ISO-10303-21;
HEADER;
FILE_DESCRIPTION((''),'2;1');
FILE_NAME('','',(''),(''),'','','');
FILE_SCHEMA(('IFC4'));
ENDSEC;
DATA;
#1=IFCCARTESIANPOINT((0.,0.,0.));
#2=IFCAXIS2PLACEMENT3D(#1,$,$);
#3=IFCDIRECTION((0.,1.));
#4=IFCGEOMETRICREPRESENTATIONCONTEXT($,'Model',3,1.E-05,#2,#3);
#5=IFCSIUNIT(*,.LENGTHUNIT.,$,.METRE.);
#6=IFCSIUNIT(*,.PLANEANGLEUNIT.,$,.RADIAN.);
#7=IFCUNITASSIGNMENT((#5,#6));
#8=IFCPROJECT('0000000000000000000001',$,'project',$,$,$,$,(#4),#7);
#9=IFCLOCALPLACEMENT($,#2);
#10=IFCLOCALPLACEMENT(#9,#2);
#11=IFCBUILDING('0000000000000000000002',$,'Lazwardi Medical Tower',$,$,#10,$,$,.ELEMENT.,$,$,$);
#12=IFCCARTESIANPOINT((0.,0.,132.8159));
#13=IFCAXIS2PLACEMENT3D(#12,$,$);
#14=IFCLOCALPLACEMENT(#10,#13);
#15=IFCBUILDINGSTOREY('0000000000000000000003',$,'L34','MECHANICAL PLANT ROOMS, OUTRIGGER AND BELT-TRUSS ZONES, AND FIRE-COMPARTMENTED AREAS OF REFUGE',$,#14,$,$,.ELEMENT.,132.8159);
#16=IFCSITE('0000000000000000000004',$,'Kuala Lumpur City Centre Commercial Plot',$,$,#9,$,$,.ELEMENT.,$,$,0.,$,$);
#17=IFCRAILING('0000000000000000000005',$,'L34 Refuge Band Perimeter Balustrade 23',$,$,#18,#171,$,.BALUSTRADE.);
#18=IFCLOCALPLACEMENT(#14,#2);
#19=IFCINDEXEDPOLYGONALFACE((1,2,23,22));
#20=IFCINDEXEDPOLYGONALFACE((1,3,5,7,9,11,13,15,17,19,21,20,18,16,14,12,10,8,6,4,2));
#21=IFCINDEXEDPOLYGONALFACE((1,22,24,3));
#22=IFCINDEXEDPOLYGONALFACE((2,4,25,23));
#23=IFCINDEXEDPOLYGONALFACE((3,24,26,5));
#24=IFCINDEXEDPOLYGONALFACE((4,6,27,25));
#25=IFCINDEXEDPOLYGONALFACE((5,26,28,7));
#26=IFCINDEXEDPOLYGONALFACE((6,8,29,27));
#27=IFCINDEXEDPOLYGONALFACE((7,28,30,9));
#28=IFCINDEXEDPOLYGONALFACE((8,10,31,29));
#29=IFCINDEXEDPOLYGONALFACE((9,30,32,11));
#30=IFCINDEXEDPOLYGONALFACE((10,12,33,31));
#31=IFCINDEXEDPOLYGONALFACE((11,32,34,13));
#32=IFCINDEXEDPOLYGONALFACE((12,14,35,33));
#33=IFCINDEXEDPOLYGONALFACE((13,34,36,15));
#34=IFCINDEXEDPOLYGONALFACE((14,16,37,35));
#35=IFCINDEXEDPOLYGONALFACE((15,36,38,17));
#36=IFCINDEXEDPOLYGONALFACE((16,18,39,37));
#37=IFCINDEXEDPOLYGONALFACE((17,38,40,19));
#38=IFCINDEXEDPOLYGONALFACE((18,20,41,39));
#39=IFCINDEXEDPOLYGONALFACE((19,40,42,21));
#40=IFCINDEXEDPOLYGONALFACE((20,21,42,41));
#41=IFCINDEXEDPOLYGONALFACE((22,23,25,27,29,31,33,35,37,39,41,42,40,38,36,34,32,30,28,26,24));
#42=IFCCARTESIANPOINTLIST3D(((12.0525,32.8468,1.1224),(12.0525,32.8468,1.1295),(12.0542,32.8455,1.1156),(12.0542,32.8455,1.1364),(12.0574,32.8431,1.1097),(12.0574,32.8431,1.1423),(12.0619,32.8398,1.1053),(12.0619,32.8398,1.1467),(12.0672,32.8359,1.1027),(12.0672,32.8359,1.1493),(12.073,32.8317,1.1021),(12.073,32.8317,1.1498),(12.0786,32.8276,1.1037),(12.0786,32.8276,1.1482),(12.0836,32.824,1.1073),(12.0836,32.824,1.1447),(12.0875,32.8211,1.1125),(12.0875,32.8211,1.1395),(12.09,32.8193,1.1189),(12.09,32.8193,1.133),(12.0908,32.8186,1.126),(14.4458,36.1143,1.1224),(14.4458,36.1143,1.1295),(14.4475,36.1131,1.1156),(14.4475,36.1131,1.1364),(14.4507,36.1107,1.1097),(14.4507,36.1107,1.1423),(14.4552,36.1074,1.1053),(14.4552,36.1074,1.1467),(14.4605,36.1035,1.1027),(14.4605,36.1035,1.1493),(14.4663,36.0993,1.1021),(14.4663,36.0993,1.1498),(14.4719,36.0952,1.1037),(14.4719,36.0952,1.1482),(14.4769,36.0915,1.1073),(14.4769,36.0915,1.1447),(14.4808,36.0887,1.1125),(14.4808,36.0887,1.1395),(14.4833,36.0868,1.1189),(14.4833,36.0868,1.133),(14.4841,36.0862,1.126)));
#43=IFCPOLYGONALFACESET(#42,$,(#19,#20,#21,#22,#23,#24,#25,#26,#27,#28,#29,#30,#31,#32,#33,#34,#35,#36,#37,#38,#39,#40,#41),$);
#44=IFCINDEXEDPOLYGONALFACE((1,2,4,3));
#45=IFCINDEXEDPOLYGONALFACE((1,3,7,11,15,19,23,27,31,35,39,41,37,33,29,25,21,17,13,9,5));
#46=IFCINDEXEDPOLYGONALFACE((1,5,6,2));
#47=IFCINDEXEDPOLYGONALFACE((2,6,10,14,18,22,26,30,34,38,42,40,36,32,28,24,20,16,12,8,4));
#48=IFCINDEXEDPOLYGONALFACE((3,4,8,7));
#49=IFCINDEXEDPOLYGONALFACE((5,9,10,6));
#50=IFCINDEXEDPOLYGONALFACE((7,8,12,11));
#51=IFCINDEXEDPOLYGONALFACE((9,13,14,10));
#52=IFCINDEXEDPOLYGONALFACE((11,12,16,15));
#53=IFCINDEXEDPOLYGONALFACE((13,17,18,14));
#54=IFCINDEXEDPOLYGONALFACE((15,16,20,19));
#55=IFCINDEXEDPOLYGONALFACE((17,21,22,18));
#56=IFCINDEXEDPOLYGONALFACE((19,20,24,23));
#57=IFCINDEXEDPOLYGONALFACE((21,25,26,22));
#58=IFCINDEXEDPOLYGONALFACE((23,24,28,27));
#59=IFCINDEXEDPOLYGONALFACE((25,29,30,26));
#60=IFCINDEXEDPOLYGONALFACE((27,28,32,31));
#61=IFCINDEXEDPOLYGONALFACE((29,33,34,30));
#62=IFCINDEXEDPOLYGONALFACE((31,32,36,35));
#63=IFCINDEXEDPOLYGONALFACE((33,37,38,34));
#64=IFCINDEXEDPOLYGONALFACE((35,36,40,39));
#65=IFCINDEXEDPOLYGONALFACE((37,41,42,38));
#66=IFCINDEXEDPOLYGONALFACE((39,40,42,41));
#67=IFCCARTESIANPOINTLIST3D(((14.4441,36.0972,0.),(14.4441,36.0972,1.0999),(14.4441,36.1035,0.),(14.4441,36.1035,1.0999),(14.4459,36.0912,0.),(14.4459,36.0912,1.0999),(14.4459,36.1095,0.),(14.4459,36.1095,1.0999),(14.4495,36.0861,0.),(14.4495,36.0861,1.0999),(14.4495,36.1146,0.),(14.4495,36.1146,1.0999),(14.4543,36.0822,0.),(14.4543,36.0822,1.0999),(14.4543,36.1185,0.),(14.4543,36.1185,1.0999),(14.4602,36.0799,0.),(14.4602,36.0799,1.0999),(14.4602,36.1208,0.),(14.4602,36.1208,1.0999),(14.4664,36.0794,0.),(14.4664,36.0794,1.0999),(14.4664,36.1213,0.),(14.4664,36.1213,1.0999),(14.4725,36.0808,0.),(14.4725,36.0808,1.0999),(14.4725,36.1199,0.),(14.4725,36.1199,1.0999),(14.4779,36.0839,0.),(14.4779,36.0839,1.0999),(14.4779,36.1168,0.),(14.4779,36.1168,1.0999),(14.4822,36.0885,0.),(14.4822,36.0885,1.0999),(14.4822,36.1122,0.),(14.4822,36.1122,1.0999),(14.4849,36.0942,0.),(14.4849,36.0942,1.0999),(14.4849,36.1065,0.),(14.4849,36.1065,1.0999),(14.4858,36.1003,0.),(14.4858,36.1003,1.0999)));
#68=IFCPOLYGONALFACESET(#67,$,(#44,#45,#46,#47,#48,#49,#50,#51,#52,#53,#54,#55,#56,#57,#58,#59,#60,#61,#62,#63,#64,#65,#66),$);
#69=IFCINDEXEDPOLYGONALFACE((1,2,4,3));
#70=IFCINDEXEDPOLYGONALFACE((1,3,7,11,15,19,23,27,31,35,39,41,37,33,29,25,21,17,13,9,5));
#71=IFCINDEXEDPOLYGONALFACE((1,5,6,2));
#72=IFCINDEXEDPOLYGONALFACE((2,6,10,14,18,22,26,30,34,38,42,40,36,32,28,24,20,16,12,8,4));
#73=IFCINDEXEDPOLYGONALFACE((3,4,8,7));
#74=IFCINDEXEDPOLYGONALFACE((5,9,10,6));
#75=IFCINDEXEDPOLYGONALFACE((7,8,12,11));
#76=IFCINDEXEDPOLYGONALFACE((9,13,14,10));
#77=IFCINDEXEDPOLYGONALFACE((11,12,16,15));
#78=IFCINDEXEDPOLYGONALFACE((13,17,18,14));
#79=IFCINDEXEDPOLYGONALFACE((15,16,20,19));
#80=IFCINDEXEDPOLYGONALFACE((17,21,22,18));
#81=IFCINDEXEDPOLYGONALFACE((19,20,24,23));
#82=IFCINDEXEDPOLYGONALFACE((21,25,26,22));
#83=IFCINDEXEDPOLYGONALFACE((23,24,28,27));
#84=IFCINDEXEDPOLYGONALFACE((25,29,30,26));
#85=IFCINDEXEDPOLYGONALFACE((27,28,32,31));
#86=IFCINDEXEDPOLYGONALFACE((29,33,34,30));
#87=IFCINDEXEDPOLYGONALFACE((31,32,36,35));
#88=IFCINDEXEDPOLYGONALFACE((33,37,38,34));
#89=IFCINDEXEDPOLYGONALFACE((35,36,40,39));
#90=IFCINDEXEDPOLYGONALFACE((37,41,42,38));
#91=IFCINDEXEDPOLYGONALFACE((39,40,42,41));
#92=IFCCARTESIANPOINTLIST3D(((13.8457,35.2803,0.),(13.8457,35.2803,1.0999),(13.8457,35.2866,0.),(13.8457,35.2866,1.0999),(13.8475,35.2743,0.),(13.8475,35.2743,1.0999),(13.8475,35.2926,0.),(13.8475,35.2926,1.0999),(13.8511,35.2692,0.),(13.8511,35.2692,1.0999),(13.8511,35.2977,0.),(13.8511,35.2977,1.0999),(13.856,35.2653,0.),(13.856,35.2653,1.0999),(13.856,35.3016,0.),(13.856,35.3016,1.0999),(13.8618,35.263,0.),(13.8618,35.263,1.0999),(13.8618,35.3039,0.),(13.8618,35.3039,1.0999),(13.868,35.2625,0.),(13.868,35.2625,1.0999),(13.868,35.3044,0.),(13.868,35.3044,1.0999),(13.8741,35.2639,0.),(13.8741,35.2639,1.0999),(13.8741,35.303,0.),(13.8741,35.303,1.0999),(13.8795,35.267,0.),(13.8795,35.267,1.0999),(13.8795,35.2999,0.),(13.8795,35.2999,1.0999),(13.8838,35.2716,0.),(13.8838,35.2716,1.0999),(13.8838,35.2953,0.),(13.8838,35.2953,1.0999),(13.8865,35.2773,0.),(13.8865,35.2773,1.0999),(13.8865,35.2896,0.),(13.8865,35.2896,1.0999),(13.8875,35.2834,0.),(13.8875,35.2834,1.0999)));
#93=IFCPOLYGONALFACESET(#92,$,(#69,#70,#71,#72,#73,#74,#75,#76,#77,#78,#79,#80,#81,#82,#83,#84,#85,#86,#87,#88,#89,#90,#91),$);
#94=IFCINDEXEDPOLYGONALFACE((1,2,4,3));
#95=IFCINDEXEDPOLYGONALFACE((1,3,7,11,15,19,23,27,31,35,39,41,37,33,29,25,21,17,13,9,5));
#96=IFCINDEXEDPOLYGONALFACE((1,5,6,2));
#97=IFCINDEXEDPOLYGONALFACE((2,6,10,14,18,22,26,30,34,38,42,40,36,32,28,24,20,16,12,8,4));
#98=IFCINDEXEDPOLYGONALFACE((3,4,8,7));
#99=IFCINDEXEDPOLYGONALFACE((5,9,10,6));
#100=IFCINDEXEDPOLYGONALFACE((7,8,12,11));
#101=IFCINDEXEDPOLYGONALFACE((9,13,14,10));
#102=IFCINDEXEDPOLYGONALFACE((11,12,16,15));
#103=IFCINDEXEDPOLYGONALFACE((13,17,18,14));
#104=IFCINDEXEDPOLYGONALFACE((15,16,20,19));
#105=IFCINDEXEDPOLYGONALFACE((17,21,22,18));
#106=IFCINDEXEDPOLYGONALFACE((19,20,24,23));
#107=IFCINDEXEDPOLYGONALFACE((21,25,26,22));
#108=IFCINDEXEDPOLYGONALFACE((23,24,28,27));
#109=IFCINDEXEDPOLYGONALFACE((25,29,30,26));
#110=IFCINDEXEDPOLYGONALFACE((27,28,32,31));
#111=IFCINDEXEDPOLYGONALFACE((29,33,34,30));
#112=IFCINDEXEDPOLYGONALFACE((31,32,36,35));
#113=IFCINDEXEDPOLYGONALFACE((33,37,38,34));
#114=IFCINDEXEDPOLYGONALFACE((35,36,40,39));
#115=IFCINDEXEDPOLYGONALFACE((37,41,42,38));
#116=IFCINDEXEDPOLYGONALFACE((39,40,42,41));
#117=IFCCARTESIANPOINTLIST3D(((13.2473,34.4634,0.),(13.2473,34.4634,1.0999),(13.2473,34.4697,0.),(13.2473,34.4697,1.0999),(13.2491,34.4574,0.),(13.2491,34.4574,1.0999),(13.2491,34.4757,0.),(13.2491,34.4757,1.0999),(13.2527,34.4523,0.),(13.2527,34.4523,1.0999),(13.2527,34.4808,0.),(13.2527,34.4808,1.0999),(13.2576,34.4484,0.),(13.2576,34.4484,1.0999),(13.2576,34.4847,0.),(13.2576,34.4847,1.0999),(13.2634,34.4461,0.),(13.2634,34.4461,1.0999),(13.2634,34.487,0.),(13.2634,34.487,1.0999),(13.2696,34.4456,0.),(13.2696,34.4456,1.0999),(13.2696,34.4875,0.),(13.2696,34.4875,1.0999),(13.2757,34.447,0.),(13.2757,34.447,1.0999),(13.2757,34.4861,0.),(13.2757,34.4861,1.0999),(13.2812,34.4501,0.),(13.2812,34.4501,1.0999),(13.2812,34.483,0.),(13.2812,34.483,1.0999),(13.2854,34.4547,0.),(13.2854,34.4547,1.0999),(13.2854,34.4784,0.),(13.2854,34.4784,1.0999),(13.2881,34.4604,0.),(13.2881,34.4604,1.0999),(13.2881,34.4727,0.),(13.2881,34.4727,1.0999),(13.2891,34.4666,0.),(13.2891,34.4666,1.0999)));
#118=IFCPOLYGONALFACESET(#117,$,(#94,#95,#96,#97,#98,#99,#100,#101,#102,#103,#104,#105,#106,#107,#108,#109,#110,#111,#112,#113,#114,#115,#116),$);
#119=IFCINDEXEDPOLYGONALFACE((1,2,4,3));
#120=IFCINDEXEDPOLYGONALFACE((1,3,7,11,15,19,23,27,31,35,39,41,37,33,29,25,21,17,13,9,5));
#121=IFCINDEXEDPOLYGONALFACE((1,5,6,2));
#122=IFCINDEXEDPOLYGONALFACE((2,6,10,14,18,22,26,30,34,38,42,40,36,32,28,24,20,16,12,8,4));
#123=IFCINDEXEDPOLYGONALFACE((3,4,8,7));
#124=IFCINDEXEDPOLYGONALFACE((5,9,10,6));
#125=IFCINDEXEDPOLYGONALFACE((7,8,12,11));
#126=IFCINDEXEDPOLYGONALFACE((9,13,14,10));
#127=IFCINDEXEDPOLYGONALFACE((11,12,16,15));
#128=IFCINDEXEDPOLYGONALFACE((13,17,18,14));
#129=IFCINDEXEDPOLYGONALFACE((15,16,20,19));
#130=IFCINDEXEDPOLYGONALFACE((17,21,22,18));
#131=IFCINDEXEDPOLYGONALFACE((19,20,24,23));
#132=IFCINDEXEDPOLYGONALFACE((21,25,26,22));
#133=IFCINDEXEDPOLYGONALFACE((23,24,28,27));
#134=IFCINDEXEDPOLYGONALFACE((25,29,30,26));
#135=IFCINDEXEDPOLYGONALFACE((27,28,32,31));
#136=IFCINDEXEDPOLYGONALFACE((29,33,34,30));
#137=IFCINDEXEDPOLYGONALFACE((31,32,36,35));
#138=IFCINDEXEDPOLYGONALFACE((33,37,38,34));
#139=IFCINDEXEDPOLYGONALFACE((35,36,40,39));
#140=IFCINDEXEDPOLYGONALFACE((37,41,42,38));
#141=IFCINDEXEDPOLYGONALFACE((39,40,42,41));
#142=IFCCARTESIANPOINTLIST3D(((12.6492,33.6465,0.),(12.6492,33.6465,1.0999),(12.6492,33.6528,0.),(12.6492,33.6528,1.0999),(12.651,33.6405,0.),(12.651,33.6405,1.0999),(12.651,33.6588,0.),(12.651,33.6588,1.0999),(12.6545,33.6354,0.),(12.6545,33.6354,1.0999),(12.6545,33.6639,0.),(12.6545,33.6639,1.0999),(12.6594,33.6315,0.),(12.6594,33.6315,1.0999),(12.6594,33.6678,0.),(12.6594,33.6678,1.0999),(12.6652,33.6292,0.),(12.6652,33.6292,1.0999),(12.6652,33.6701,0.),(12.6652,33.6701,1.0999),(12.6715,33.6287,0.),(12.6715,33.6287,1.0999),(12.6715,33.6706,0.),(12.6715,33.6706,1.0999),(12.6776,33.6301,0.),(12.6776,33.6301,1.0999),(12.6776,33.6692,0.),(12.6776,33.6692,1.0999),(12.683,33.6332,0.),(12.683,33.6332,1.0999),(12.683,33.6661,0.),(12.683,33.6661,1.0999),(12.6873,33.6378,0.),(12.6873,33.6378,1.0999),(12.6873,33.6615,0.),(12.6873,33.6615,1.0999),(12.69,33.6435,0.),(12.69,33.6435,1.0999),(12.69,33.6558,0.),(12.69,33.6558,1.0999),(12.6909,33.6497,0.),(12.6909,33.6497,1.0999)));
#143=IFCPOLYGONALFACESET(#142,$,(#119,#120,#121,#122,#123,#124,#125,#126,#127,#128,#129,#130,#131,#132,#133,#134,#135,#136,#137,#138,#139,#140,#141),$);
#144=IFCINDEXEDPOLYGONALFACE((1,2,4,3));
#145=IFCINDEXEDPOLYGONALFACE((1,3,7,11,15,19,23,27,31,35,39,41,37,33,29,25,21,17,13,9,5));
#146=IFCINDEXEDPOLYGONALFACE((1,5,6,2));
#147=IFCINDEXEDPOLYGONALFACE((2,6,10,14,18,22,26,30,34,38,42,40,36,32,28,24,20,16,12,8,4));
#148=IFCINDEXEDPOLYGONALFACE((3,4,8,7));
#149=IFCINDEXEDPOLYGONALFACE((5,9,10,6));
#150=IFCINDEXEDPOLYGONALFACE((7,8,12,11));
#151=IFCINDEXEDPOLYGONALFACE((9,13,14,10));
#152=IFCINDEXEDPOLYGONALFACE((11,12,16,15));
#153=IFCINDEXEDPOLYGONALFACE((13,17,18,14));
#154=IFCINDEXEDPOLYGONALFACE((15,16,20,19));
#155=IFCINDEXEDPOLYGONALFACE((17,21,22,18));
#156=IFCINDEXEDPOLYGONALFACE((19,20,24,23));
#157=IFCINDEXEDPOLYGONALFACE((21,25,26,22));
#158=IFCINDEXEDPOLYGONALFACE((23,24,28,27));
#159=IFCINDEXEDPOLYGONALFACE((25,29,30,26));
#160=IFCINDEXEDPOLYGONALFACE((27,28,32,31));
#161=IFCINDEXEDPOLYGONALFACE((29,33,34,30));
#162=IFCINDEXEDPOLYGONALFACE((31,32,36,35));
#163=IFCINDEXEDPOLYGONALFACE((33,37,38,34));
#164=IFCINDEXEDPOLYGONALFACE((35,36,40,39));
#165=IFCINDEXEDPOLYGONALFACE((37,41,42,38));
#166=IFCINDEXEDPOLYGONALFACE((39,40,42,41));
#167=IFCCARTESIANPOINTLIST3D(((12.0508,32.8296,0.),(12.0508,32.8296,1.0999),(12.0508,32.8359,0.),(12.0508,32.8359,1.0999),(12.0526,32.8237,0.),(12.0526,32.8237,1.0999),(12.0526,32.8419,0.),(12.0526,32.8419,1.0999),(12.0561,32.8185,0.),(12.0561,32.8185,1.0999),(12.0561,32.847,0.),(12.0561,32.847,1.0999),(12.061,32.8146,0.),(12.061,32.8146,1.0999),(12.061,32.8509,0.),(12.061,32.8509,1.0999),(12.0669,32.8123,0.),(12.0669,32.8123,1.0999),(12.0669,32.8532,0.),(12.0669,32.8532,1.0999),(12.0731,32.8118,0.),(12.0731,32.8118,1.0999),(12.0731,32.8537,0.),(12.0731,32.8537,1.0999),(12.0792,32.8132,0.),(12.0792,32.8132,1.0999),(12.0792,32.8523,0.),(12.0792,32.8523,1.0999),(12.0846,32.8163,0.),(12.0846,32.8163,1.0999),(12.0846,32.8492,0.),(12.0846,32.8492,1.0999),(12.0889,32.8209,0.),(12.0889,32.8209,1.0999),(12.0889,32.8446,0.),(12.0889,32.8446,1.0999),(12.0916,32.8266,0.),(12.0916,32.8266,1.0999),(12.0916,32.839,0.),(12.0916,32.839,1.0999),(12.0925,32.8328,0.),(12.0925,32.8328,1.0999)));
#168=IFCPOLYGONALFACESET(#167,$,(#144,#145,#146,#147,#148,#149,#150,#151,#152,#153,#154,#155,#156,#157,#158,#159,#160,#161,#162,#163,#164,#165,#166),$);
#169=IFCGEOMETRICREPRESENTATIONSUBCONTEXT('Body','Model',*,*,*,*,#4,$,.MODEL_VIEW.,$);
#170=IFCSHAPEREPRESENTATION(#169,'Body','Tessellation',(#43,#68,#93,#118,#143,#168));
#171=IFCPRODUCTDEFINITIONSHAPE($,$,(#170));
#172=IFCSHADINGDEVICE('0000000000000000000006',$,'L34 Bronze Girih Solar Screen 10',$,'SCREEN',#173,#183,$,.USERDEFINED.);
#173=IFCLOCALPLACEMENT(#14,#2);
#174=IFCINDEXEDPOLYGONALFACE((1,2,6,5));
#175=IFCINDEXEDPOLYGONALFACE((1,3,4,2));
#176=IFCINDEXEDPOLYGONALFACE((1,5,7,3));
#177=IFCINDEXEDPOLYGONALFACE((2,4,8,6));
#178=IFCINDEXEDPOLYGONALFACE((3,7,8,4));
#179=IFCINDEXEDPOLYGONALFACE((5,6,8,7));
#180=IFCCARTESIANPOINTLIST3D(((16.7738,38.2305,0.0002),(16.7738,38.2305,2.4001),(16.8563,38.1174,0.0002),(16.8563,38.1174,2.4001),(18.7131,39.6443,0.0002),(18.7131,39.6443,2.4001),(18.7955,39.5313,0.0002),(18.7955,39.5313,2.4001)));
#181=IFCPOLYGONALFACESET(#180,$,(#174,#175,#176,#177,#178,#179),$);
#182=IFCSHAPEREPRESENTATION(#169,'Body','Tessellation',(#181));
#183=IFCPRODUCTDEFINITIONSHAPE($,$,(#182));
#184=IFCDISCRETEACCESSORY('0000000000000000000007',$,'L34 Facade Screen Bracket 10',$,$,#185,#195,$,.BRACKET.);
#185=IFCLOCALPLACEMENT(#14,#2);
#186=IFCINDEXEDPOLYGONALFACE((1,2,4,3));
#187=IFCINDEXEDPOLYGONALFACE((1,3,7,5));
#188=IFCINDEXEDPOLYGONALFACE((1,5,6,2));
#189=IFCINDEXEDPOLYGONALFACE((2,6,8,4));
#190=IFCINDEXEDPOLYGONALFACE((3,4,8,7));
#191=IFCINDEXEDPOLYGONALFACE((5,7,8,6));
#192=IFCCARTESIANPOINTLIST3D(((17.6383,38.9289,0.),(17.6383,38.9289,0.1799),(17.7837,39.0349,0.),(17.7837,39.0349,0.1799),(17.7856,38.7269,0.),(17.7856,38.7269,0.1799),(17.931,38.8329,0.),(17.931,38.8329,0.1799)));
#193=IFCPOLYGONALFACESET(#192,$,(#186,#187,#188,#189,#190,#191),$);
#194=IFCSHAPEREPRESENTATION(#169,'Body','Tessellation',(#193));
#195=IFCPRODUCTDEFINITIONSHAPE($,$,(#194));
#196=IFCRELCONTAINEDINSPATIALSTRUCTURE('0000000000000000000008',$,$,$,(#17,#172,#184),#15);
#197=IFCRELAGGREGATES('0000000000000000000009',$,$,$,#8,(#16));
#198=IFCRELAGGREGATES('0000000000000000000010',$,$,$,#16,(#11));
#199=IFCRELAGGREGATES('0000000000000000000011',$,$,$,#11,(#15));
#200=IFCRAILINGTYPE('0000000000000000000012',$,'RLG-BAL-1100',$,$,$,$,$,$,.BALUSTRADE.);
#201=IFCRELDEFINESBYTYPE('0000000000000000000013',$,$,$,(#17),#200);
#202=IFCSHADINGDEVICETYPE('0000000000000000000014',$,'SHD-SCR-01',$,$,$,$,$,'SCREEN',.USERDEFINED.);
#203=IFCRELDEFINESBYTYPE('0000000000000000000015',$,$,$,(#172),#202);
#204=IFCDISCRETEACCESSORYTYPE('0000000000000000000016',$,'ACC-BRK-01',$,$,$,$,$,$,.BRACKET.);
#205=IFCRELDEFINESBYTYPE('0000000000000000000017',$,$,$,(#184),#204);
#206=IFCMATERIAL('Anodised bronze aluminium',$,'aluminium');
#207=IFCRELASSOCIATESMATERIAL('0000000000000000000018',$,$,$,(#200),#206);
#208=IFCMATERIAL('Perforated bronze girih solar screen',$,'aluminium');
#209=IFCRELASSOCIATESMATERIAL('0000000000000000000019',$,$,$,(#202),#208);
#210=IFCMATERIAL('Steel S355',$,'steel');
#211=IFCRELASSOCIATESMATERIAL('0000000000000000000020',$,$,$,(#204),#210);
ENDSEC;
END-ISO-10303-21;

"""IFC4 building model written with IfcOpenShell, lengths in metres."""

from ifc_helpers import new_model, si_unit, direction, frame, origin, origin_2d, place, context, subcontext, project, spatial, rectangle, circle, extrude, material, type_object, element, save


model = new_model("IFC4")

# Units and contexts
model_context = context("Model", 3, precision=1e-05, world=origin(), true_north=direction((0.0, 1.0)))
body_context = subcontext(model_context, "Body", "Model", "MODEL_VIEW")
ifc_project = project(units=[si_unit("LENGTHUNIT", "METRE"), si_unit("PLANEANGLEUNIT", "RADIAN")], contexts=[model_context])

# Site, building, storey
site_placement = place(None, origin())
site = spatial("IfcSite", under=ifc_project, at=site_placement, Name="Kuala Lumpur City Centre Commercial Plot", CompositionType="ELEMENT", RefElevation=0.0)
building_placement = place(site_placement, origin())
building = spatial("IfcBuilding", under=site, at=building_placement, Name="Lazwardi Medical Tower", CompositionType="ELEMENT")
storey_placement = place(building_placement, frame((0.0, 0.0, 132.8159)))
storey = spatial("IfcBuildingStorey", under=building, at=storey_placement, Name="L34", Description="MECHANICAL PLANT ROOMS, OUTRIGGER AND BELT-TRUSS ZONES, AND FIRE-COMPARTMENTED AREAS OF REFUGE", CompositionType="ELEMENT", Elevation=132.8159)

# Shared definitions
ifc_material_1 = material(Name="Steel S355", Category="steel")

# Railing
ifc_material_2 = material(Name="Anodised bronze aluminium", Category="aluminium")
railing_type = type_object("IfcRailingType", Name="RLG-BAL-1100", PredefinedType="BALUSTRADE", material=ifc_material_2)
railing_1_placement = place(storey_placement, frame((14.4648, 36.1003, 0.0)))
element("IfcRailing", 1, at=railing_1_placement, inside=storey, type_object=railing_type, Name="L34 Refuge Band Perimeter Balustrade 23", PredefinedType="BALUSTRADE", context=body_context, shape_type="SweptSolid", body=[
    extrude(circle(Radius=0.0239, at=origin_2d()), frame((0.0, 0.0, 1.126), z_axis=(-0.590896, -0.806748, 0.0), x_axis=(0.806748, -0.590896, 0.0)), (0.0, 0.0, 1.0), 4.0503),
    extrude(circle(Radius=0.021, at=origin_2d()), origin(), (0.0, 0.0, 1.0), 1.0999),
    extrude(circle(Radius=0.021, at=origin_2d()), frame((-0.5984, -0.8169, 0.0)), (0.0, 0.0, 1.0), 1.0999),
    extrude(circle(Radius=0.021, at=origin_2d()), frame((-1.1968, -1.6338, 0.0)), (0.0, 0.0, 1.0), 1.0999),
    extrude(circle(Radius=0.021, at=origin_2d()), frame((-1.7949, -2.4507, 0.0)), (0.0, 0.0, 1.0), 1.0999),
    extrude(circle(Radius=0.021, at=origin_2d()), frame((-2.3933, -3.2676, 0.0)), (0.0, 0.0, 1.0), 1.0999),
])

# Shading device
ifc_material_3 = material(Name="Perforated bronze girih solar screen", Category="aluminium")
shading_device_type = type_object("IfcShadingDeviceType", Name="SHD-SCR-01", ElementType="SCREEN", PredefinedType="USERDEFINED", material=ifc_material_3)
shading_device_placement = place(storey_placement, frame((17.7847, 38.8809, 0.0002), z_axis=(0.0, 0.0, 1.0), x_axis=(-0.808043, -0.589123, 0.0)))
element("IfcShadingDevice", 2, at=shading_device_placement, inside=storey, type_object=shading_device_type, Name="L34 Bronze Girih Solar Screen 10", ObjectType="SCREEN", PredefinedType="USERDEFINED", context=body_context, shape_type="SweptSolid", body=[
    extrude(rectangle(XDim=2.3999, YDim=0.1399, at=origin_2d()), origin(), (0.0, 0.0, 1.0), 2.3999),
])

# Discrete accessory
discrete_accessory_type = type_object("IfcDiscreteAccessoryType", Name="ACC-BRK-01", PredefinedType="BRACKET", material=ifc_material_1)
discrete_accessory_placement = place(storey_placement, frame((17.7847, 38.8809, 0.0), z_axis=(0.0, 0.0, 1.0), x_axis=(-0.808043, -0.589123, 0.0)))
element("IfcDiscreteAccessory", 3, at=discrete_accessory_placement, inside=storey, type_object=discrete_accessory_type, Name="L34 Facade Screen Bracket 10", PredefinedType="BRACKET", context=body_context, shape_type="SweptSolid", body=[
    extrude(rectangle(XDim=0.1799, YDim=0.25, at=origin_2d()), origin(), (0.0, 0.0, 1.0), 0.1799),
])

save(model, "model.ifc")
